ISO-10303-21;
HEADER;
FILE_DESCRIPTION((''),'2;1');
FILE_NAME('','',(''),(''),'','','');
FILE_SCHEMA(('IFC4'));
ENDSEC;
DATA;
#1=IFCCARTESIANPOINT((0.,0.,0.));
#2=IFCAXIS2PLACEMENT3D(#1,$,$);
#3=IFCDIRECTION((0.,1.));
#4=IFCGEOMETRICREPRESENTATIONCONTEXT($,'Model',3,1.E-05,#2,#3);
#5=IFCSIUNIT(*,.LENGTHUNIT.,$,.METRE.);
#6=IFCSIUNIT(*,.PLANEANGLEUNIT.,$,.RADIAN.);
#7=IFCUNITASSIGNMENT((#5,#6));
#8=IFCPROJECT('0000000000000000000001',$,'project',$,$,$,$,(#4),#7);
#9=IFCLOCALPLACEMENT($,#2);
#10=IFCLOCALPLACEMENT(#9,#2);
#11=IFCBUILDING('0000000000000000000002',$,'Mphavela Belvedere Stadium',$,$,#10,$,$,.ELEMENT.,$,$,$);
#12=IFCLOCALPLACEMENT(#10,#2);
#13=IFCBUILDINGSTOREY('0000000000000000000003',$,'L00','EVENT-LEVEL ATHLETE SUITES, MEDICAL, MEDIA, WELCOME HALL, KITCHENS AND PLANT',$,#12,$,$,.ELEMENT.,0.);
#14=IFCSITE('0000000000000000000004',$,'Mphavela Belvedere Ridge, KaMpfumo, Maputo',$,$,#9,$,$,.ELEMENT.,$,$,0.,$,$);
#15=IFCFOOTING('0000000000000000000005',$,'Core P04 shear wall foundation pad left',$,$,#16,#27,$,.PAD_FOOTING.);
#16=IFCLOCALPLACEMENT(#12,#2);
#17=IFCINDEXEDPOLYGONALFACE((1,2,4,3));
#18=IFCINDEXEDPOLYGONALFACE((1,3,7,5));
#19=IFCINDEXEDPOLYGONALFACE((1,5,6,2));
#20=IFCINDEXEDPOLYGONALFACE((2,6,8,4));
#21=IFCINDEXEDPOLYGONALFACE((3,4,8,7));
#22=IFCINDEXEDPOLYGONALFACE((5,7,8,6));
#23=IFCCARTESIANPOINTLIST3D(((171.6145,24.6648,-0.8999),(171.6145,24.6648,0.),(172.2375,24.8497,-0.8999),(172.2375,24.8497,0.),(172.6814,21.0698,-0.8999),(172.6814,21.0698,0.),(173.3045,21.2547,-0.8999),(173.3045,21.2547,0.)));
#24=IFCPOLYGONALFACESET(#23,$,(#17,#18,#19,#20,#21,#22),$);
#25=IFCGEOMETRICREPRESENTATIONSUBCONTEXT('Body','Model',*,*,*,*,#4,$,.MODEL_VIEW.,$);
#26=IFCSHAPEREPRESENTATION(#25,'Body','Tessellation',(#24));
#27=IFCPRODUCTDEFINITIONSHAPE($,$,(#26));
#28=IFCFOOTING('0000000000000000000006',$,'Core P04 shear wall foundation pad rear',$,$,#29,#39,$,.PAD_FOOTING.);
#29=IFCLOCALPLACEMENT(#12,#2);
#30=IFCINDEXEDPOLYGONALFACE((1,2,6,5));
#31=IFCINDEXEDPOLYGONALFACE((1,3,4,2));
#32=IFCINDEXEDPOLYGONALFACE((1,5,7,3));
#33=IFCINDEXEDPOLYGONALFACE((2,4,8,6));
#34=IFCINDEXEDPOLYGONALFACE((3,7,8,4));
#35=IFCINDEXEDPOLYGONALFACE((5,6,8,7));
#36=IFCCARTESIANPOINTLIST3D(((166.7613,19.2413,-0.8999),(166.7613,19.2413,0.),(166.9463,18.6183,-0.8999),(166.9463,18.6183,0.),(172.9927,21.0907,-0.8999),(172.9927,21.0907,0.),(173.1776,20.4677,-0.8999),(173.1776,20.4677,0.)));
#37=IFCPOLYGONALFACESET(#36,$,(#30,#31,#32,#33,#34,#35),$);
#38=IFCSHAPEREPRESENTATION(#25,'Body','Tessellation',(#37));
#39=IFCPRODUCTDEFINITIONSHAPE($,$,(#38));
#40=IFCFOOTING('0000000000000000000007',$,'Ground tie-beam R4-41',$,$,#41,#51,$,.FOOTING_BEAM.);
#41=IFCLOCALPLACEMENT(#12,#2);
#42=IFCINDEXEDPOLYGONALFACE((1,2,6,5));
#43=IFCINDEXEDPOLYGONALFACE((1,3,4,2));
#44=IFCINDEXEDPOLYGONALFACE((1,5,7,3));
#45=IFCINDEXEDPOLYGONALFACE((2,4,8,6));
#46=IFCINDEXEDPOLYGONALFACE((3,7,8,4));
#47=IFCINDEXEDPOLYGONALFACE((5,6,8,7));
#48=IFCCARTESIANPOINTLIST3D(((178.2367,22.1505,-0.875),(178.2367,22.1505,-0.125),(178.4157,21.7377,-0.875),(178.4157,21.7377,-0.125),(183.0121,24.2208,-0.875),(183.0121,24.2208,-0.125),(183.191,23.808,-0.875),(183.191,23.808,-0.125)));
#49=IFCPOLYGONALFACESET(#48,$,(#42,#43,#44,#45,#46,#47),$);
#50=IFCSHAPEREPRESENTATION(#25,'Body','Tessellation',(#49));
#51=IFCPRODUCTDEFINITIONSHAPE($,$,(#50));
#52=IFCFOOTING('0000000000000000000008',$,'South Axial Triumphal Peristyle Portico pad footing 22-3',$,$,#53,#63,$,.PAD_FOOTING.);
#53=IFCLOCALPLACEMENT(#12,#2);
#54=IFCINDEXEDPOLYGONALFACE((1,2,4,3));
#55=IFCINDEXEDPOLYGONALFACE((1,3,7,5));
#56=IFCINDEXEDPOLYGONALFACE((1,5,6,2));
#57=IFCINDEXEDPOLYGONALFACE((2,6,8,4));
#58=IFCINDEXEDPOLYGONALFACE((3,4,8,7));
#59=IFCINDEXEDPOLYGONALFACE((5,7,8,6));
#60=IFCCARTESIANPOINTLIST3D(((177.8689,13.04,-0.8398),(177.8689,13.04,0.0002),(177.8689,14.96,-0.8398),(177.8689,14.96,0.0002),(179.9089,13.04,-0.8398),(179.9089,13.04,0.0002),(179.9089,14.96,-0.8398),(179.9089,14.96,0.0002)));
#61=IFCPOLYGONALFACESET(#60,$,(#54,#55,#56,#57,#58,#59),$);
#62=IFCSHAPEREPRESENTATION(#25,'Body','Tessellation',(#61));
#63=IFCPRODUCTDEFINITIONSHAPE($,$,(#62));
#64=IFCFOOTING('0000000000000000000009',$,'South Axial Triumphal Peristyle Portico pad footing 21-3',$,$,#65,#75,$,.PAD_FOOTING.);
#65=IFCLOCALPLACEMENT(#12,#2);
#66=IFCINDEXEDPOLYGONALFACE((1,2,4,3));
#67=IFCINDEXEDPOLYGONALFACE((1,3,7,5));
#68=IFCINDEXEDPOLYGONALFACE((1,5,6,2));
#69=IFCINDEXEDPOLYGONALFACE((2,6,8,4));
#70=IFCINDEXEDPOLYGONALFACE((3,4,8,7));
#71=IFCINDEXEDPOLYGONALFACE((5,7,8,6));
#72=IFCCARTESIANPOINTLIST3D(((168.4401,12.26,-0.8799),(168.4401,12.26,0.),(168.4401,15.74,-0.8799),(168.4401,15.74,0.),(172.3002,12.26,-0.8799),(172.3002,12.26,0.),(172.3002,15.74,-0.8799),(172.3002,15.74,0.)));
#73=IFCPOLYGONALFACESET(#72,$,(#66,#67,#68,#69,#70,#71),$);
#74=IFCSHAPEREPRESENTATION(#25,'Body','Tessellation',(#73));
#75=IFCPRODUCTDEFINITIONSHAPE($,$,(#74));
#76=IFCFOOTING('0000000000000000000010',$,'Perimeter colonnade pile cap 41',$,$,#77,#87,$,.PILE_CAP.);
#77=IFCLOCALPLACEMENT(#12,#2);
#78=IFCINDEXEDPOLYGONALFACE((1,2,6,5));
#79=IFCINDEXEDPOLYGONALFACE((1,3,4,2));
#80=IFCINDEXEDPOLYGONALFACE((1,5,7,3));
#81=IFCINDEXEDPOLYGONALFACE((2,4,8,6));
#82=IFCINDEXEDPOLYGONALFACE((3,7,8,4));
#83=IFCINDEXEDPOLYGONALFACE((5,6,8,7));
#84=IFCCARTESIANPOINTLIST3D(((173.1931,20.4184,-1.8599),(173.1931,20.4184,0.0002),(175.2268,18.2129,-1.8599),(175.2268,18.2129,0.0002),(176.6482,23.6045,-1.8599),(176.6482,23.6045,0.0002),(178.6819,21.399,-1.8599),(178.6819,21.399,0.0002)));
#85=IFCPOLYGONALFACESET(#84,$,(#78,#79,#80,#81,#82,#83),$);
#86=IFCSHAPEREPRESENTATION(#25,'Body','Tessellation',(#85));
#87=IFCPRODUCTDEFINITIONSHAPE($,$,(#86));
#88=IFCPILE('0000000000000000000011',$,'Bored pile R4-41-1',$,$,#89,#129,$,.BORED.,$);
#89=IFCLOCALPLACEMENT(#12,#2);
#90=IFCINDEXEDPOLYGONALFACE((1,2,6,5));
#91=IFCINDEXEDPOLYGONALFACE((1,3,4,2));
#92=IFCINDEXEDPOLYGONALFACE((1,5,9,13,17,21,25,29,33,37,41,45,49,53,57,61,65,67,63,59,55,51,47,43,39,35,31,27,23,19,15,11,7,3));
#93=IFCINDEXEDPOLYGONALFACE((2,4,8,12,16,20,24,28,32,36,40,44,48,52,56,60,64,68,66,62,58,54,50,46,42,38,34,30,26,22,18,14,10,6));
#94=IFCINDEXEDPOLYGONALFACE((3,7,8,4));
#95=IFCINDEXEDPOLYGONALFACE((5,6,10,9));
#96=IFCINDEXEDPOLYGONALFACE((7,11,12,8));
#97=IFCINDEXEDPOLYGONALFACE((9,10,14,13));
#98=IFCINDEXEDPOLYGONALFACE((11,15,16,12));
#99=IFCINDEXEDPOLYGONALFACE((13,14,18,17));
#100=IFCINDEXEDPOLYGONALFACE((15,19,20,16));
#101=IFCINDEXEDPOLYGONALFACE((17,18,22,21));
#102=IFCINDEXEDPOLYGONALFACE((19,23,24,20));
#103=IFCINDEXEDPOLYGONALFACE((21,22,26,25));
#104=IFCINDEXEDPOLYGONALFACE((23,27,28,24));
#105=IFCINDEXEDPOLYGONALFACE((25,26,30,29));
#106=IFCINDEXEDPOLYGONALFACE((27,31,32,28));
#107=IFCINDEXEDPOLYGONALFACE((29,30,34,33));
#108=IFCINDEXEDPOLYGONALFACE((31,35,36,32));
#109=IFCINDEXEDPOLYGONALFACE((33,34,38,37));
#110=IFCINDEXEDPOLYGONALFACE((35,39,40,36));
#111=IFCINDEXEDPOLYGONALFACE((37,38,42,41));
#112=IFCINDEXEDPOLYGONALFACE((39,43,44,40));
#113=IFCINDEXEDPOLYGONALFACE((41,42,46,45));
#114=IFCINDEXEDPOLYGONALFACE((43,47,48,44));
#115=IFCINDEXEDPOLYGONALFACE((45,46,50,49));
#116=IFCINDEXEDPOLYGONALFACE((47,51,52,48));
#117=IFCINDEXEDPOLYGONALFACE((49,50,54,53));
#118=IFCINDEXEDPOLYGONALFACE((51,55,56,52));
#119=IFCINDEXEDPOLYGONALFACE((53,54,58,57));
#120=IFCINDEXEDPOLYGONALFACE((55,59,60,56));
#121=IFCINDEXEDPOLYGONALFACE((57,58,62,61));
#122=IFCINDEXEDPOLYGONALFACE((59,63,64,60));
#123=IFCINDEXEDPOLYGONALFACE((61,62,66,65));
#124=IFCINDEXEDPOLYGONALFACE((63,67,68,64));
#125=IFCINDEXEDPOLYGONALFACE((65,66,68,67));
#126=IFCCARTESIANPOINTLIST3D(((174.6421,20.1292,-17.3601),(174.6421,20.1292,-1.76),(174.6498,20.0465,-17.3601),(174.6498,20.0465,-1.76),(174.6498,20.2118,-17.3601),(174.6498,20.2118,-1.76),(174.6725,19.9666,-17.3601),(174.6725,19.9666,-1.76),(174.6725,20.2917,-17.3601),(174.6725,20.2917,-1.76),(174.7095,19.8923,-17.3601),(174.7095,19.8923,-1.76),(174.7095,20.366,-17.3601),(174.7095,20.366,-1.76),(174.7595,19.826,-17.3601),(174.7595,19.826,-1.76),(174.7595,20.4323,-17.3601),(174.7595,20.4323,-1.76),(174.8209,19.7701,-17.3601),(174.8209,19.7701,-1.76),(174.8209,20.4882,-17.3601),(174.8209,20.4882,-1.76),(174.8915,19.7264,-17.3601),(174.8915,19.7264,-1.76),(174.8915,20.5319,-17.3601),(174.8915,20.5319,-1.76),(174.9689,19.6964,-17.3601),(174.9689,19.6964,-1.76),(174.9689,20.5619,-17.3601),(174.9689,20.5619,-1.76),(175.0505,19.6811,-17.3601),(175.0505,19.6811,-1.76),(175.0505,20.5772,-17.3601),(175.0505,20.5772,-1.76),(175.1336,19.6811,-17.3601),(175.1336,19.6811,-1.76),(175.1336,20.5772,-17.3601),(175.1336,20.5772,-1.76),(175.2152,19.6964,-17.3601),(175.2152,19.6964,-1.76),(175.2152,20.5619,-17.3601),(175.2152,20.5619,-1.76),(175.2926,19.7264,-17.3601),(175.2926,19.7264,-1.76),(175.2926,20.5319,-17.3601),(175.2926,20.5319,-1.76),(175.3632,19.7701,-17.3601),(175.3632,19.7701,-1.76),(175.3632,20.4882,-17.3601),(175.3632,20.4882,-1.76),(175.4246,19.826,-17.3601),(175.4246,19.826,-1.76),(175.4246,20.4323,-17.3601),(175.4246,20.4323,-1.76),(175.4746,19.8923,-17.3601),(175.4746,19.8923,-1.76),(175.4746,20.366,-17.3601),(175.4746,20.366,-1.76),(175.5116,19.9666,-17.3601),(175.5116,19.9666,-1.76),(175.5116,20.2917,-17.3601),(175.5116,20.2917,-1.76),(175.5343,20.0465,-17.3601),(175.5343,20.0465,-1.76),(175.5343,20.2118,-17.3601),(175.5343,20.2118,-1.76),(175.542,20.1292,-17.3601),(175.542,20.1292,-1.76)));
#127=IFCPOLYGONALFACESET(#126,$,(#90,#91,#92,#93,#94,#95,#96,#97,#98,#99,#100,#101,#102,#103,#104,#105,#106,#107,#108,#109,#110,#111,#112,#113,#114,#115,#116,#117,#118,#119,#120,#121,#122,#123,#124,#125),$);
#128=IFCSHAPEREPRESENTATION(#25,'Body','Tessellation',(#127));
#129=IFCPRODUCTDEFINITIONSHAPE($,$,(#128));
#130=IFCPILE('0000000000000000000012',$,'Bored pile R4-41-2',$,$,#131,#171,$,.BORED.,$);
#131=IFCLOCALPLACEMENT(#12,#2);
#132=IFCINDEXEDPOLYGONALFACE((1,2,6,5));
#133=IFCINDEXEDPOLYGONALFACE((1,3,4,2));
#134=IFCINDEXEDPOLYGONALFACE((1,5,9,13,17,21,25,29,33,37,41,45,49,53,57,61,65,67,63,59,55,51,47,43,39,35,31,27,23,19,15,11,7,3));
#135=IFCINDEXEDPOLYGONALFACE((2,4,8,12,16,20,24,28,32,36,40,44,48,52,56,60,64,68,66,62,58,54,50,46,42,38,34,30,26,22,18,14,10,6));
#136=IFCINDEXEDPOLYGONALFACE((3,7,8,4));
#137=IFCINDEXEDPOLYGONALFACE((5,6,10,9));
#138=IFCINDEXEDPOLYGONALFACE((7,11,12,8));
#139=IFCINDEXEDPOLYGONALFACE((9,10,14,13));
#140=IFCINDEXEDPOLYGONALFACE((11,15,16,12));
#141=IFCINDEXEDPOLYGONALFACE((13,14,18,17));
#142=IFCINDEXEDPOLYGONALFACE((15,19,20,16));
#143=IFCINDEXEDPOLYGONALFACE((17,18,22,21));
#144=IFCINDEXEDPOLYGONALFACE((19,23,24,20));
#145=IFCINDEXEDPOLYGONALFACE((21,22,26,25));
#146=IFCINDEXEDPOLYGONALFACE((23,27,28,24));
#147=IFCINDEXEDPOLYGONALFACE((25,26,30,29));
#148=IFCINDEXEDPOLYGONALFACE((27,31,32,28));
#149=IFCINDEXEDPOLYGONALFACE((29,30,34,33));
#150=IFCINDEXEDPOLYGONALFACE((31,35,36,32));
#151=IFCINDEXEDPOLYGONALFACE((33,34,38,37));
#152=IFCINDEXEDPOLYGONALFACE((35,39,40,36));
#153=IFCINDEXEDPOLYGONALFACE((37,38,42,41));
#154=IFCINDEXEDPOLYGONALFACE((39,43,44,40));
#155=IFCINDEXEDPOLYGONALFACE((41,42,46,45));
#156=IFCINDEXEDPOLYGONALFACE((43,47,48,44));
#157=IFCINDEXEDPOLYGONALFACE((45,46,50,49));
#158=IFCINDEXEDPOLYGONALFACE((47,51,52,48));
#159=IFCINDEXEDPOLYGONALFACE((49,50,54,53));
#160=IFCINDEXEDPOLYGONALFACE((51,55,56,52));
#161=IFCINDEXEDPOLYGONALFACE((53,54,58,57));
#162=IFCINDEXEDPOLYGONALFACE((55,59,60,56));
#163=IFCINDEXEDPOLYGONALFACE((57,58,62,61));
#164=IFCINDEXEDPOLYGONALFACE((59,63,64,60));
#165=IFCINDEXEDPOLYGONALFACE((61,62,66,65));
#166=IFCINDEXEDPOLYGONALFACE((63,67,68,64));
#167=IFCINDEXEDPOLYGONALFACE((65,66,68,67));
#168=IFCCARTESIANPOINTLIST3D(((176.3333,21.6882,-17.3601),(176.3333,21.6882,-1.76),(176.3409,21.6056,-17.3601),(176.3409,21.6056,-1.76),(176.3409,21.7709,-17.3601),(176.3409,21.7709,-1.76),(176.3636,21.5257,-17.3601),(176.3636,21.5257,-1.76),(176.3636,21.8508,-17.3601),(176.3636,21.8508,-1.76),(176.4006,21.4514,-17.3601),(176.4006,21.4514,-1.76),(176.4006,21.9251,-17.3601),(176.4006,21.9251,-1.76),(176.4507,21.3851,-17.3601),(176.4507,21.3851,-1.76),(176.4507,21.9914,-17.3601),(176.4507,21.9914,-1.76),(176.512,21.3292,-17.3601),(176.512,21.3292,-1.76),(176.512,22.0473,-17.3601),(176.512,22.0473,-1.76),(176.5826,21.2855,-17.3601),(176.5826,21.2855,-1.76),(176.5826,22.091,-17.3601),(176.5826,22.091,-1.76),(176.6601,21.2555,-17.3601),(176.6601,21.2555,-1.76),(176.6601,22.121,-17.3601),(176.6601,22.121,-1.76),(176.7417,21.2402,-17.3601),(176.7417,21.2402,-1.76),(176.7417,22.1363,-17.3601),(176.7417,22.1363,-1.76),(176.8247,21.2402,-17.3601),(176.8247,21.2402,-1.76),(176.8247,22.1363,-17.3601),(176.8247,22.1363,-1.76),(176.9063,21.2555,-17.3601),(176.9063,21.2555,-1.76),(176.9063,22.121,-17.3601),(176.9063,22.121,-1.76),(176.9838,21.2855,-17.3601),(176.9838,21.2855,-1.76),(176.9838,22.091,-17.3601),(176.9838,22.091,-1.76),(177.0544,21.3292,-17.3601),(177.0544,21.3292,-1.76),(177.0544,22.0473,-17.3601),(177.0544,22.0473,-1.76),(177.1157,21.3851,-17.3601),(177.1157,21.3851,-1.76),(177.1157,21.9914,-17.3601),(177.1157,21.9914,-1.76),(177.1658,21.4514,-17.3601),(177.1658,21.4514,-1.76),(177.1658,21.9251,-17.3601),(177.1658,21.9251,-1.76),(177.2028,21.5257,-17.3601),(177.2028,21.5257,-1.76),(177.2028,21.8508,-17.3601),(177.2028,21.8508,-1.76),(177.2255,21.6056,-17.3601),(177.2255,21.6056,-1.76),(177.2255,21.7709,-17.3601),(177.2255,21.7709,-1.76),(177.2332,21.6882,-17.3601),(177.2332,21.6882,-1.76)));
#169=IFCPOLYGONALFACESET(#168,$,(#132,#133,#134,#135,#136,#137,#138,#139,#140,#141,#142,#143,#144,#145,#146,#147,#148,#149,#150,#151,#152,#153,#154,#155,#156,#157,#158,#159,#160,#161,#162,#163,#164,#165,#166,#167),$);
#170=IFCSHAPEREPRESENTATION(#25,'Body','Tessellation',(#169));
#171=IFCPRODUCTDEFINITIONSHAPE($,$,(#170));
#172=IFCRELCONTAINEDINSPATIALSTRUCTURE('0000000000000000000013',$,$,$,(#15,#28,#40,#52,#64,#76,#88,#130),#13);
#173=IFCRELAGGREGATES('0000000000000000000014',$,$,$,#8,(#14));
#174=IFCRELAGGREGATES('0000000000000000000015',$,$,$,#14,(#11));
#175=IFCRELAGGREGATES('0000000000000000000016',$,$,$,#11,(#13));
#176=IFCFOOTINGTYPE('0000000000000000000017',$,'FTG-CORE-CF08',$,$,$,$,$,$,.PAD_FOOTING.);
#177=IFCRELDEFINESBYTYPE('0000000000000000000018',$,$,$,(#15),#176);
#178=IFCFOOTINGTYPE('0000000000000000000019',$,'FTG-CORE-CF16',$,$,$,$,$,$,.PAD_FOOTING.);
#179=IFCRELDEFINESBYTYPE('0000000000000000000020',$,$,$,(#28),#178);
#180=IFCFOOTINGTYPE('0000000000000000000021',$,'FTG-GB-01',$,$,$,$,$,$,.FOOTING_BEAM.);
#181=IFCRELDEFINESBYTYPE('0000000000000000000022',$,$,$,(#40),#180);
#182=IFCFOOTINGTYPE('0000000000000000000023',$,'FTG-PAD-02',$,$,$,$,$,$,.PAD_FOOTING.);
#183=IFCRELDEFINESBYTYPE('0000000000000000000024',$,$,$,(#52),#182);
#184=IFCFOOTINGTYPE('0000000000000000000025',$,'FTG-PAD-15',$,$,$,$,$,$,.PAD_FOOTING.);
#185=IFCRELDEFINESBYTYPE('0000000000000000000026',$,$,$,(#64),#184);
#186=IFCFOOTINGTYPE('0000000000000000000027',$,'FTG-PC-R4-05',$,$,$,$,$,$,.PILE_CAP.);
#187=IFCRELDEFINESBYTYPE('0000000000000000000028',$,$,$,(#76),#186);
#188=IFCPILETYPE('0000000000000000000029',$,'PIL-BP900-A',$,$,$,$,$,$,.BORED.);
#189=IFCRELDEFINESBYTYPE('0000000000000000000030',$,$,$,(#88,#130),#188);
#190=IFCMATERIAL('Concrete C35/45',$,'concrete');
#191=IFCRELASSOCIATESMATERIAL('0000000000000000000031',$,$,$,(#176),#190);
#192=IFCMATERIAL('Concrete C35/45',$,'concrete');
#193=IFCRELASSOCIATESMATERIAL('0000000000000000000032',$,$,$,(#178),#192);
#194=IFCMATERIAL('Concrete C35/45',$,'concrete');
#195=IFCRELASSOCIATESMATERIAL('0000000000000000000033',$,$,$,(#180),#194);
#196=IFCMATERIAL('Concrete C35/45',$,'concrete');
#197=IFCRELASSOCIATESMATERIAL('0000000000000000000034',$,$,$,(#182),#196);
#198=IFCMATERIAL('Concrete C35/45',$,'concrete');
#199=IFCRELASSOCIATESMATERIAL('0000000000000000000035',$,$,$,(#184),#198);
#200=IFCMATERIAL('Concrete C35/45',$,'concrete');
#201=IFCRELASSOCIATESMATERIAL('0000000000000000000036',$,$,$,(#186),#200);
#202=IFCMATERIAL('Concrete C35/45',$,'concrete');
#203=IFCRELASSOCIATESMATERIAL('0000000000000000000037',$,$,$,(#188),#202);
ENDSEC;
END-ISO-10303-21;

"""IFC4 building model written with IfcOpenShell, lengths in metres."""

from ifc_helpers import new_model, si_unit, direction, frame, origin, origin_2d, place, context, subcontext, project, spatial, rectangle, circle, extrude, material, material_profile, profile_set, type_object, element, save


model = new_model("IFC4")

# Units and contexts
model_context = context("Model", 3, precision=1e-05, world=origin(), true_north=direction((0.0, 1.0)))
body_context = subcontext(model_context, "Body", "Model", "MODEL_VIEW")
ifc_project = project(units=[si_unit("LENGTHUNIT", "METRE"), si_unit("PLANEANGLEUNIT", "RADIAN")], contexts=[model_context])

# Site, building, storey
site_placement = place(None, origin())
site = spatial("IfcSite", under=ifc_project, at=site_placement, Name="Mphavela Belvedere Ridge, KaMpfumo, Maputo", CompositionType="ELEMENT", RefElevation=0.0)
building_placement = place(site_placement, origin())
building = spatial("IfcBuilding", under=site, at=building_placement, Name="Mphavela Belvedere Stadium", CompositionType="ELEMENT")
storey_placement = place(building_placement, origin())
storey = spatial("IfcBuildingStorey", under=building, at=storey_placement, Name="L00", Description="EVENT-LEVEL ATHLETE SUITES, MEDICAL, MEDIA, WELCOME HALL, KITCHENS AND PLANT", CompositionType="ELEMENT", Elevation=0.0)

# Footings
ifc_material_1 = material(Name="Concrete C35/45", Category="concrete")
footing_type_1 = type_object("IfcFootingType", Name="FTG-CORE-CF08", PredefinedType="PAD_FOOTING", material=ifc_material_1)
footing_1_placement = place(storey_placement, frame((172.4595, 22.9597, -0.8999), z_axis=(0.0, 0.0, 1.0), x_axis=(0.284517, -0.958671, 0.0)))
element("IfcFooting", 1, at=footing_1_placement, inside=storey, type_object=footing_type_1, Name="Core P04 shear wall foundation pad left", PredefinedType="PAD_FOOTING", context=body_context, shape_type="SweptSolid", body=[
    extrude(rectangle(XDim=3.75, YDim=0.6499, at=origin_2d()), origin(), (0.0, 0.0, 1.0), 0.8999),
])
ifc_material_2 = material(Name="Concrete C35/45", Category="concrete")
footing_type_2 = type_object("IfcFootingType", Name="FTG-CORE-CF16", PredefinedType="PAD_FOOTING", material=ifc_material_2)
footing_2_placement = place(storey_placement, frame((169.9695, 19.8545, -0.8999), z_axis=(0.0, 0.0, 1.0), x_axis=(-0.958671, -0.284517, 0.0)))
element("IfcFooting", 2, at=footing_2_placement, inside=storey, type_object=footing_type_2, Name="Core P04 shear wall foundation pad rear", PredefinedType="PAD_FOOTING", context=body_context, shape_type="SweptSolid", body=[
    extrude(rectangle(XDim=6.5, YDim=0.6499, at=origin_2d()), origin(), (0.0, 0.0, 1.0), 0.8999),
])
ifc_material_3 = material(Name="Concrete C35/45", Category="concrete")
ifc_material_profile_1 = material_profile(ifc_material_3, rectangle(XDim=0.45, YDim=0.75, at=origin_2d()), Name="GB 450x750")
ifc_profile_set_1 = profile_set([ifc_material_profile_1], Name="Concrete C35/45")
footing_type_3 = type_object("IfcFootingType", Name="FTG-GB-01", PredefinedType="FOOTING_BEAM", material=ifc_profile_set_1)
footing_3_placement = place(storey_placement, frame((178.3262, 21.9441, -0.5), z_axis=(0.917487, 0.397765, 0.0), x_axis=(-0.397765, 0.917487, 0.0)))
element("IfcFooting", 3, at=footing_3_placement, inside=storey, type_object=footing_type_3, Name="Ground tie-beam R4-41", PredefinedType="FOOTING_BEAM", context=body_context, shape_type="SweptSolid", body=[
    extrude(rectangle(XDim=0.45, YDim=0.75, at=origin_2d()), origin(), (0.0, 0.0, 1.0), 5.2048),
])
ifc_material_4 = material(Name="Concrete C35/45", Category="concrete")
footing_type_4 = type_object("IfcFootingType", Name="FTG-PAD-02", PredefinedType="PAD_FOOTING", material=ifc_material_4)
footing_4_placement = place(storey_placement, frame((178.8889, 14.0, -0.8398), z_axis=(0.0, 0.0, 1.0), x_axis=(1.0, 0.0, 0.0)))
element("IfcFooting", 4, at=footing_4_placement, inside=storey, type_object=footing_type_4, Name="South Axial Triumphal Peristyle Portico pad footing 22-3", PredefinedType="PAD_FOOTING", context=body_context, shape_type="SweptSolid", body=[
    extrude(rectangle(XDim=2.04, YDim=1.9199, at=origin_2d()), origin(), (0.0, 0.0, 1.0), 0.8401),
])
ifc_material_5 = material(Name="Concrete C35/45", Category="concrete")
footing_type_5 = type_object("IfcFootingType", Name="FTG-PAD-15", PredefinedType="PAD_FOOTING", material=ifc_material_5)
footing_5_placement = place(storey_placement, frame((170.3701, 14.0, -0.8799), z_axis=(0.0, 0.0, 1.0), x_axis=(1.0, 0.0, 0.0)))
element("IfcFooting", 5, at=footing_5_placement, inside=storey, type_object=footing_type_5, Name="South Axial Triumphal Peristyle Portico pad footing 21-3", PredefinedType="PAD_FOOTING", context=body_context, shape_type="SweptSolid", body=[
    extrude(rectangle(XDim=3.8601, YDim=3.48, at=origin_2d()), origin(), (0.0, 0.0, 1.0), 0.8799),
])
ifc_material_6 = material(Name="Concrete C35/45", Category="concrete")
footing_type_6 = type_object("IfcFootingType", Name="FTG-PC-R4-05", PredefinedType="PILE_CAP", material=ifc_material_6)
footing_6_placement = place(storey_placement, frame((175.9375, 20.9087, -1.8599), z_axis=(0.0, 0.0, 1.0), x_axis=(0.735151, 0.677903, 0.0)))
element("IfcFooting", 6, at=footing_6_placement, inside=storey, type_object=footing_type_6, Name="Perimeter colonnade pile cap 41", PredefinedType="PILE_CAP", context=body_context, shape_type="SweptSolid", body=[
    extrude(rectangle(XDim=4.7, YDim=3.0, at=origin_2d()), origin(), (0.0, 0.0, 1.0), 1.8601),
])

# Piles
ifc_material_7 = material(Name="Concrete C35/45", Category="concrete")
ifc_material_profile_2 = material_profile(ifc_material_7, circle(Radius=0.45, at=origin_2d()), Name="BP D900")
ifc_profile_set_2 = profile_set([ifc_material_profile_2], Name="Concrete C35/45")
pile_type = type_object("IfcPileType", Name="PIL-BP900-A", PredefinedType="BORED", material=ifc_profile_set_2)
for number, where, z_axis, x_axis, name in (
    (7, (175.092, 20.1292, -1.76), (0.0, 0.0, -1.0), (1.0, 0.0, 0.0), "Bored pile R4-41-1"),
    (8, (176.7832, 21.6882, -1.76), (0.0, 0.0, -1.0), (1.0, 0.0, 0.0), "Bored pile R4-41-2"),
):
    element("IfcPile", number, at=place(storey_placement, frame(where, z_axis=z_axis, x_axis=x_axis)), inside=storey, type_object=pile_type, Name=name, PredefinedType="BORED", context=body_context, shape_type="SweptSolid", body=[
        extrude(circle(Radius=0.45, at=origin_2d()), origin(), (0.0, 0.0, 1.0), 15.6001),
    ])

save(model, "model.ifc")
